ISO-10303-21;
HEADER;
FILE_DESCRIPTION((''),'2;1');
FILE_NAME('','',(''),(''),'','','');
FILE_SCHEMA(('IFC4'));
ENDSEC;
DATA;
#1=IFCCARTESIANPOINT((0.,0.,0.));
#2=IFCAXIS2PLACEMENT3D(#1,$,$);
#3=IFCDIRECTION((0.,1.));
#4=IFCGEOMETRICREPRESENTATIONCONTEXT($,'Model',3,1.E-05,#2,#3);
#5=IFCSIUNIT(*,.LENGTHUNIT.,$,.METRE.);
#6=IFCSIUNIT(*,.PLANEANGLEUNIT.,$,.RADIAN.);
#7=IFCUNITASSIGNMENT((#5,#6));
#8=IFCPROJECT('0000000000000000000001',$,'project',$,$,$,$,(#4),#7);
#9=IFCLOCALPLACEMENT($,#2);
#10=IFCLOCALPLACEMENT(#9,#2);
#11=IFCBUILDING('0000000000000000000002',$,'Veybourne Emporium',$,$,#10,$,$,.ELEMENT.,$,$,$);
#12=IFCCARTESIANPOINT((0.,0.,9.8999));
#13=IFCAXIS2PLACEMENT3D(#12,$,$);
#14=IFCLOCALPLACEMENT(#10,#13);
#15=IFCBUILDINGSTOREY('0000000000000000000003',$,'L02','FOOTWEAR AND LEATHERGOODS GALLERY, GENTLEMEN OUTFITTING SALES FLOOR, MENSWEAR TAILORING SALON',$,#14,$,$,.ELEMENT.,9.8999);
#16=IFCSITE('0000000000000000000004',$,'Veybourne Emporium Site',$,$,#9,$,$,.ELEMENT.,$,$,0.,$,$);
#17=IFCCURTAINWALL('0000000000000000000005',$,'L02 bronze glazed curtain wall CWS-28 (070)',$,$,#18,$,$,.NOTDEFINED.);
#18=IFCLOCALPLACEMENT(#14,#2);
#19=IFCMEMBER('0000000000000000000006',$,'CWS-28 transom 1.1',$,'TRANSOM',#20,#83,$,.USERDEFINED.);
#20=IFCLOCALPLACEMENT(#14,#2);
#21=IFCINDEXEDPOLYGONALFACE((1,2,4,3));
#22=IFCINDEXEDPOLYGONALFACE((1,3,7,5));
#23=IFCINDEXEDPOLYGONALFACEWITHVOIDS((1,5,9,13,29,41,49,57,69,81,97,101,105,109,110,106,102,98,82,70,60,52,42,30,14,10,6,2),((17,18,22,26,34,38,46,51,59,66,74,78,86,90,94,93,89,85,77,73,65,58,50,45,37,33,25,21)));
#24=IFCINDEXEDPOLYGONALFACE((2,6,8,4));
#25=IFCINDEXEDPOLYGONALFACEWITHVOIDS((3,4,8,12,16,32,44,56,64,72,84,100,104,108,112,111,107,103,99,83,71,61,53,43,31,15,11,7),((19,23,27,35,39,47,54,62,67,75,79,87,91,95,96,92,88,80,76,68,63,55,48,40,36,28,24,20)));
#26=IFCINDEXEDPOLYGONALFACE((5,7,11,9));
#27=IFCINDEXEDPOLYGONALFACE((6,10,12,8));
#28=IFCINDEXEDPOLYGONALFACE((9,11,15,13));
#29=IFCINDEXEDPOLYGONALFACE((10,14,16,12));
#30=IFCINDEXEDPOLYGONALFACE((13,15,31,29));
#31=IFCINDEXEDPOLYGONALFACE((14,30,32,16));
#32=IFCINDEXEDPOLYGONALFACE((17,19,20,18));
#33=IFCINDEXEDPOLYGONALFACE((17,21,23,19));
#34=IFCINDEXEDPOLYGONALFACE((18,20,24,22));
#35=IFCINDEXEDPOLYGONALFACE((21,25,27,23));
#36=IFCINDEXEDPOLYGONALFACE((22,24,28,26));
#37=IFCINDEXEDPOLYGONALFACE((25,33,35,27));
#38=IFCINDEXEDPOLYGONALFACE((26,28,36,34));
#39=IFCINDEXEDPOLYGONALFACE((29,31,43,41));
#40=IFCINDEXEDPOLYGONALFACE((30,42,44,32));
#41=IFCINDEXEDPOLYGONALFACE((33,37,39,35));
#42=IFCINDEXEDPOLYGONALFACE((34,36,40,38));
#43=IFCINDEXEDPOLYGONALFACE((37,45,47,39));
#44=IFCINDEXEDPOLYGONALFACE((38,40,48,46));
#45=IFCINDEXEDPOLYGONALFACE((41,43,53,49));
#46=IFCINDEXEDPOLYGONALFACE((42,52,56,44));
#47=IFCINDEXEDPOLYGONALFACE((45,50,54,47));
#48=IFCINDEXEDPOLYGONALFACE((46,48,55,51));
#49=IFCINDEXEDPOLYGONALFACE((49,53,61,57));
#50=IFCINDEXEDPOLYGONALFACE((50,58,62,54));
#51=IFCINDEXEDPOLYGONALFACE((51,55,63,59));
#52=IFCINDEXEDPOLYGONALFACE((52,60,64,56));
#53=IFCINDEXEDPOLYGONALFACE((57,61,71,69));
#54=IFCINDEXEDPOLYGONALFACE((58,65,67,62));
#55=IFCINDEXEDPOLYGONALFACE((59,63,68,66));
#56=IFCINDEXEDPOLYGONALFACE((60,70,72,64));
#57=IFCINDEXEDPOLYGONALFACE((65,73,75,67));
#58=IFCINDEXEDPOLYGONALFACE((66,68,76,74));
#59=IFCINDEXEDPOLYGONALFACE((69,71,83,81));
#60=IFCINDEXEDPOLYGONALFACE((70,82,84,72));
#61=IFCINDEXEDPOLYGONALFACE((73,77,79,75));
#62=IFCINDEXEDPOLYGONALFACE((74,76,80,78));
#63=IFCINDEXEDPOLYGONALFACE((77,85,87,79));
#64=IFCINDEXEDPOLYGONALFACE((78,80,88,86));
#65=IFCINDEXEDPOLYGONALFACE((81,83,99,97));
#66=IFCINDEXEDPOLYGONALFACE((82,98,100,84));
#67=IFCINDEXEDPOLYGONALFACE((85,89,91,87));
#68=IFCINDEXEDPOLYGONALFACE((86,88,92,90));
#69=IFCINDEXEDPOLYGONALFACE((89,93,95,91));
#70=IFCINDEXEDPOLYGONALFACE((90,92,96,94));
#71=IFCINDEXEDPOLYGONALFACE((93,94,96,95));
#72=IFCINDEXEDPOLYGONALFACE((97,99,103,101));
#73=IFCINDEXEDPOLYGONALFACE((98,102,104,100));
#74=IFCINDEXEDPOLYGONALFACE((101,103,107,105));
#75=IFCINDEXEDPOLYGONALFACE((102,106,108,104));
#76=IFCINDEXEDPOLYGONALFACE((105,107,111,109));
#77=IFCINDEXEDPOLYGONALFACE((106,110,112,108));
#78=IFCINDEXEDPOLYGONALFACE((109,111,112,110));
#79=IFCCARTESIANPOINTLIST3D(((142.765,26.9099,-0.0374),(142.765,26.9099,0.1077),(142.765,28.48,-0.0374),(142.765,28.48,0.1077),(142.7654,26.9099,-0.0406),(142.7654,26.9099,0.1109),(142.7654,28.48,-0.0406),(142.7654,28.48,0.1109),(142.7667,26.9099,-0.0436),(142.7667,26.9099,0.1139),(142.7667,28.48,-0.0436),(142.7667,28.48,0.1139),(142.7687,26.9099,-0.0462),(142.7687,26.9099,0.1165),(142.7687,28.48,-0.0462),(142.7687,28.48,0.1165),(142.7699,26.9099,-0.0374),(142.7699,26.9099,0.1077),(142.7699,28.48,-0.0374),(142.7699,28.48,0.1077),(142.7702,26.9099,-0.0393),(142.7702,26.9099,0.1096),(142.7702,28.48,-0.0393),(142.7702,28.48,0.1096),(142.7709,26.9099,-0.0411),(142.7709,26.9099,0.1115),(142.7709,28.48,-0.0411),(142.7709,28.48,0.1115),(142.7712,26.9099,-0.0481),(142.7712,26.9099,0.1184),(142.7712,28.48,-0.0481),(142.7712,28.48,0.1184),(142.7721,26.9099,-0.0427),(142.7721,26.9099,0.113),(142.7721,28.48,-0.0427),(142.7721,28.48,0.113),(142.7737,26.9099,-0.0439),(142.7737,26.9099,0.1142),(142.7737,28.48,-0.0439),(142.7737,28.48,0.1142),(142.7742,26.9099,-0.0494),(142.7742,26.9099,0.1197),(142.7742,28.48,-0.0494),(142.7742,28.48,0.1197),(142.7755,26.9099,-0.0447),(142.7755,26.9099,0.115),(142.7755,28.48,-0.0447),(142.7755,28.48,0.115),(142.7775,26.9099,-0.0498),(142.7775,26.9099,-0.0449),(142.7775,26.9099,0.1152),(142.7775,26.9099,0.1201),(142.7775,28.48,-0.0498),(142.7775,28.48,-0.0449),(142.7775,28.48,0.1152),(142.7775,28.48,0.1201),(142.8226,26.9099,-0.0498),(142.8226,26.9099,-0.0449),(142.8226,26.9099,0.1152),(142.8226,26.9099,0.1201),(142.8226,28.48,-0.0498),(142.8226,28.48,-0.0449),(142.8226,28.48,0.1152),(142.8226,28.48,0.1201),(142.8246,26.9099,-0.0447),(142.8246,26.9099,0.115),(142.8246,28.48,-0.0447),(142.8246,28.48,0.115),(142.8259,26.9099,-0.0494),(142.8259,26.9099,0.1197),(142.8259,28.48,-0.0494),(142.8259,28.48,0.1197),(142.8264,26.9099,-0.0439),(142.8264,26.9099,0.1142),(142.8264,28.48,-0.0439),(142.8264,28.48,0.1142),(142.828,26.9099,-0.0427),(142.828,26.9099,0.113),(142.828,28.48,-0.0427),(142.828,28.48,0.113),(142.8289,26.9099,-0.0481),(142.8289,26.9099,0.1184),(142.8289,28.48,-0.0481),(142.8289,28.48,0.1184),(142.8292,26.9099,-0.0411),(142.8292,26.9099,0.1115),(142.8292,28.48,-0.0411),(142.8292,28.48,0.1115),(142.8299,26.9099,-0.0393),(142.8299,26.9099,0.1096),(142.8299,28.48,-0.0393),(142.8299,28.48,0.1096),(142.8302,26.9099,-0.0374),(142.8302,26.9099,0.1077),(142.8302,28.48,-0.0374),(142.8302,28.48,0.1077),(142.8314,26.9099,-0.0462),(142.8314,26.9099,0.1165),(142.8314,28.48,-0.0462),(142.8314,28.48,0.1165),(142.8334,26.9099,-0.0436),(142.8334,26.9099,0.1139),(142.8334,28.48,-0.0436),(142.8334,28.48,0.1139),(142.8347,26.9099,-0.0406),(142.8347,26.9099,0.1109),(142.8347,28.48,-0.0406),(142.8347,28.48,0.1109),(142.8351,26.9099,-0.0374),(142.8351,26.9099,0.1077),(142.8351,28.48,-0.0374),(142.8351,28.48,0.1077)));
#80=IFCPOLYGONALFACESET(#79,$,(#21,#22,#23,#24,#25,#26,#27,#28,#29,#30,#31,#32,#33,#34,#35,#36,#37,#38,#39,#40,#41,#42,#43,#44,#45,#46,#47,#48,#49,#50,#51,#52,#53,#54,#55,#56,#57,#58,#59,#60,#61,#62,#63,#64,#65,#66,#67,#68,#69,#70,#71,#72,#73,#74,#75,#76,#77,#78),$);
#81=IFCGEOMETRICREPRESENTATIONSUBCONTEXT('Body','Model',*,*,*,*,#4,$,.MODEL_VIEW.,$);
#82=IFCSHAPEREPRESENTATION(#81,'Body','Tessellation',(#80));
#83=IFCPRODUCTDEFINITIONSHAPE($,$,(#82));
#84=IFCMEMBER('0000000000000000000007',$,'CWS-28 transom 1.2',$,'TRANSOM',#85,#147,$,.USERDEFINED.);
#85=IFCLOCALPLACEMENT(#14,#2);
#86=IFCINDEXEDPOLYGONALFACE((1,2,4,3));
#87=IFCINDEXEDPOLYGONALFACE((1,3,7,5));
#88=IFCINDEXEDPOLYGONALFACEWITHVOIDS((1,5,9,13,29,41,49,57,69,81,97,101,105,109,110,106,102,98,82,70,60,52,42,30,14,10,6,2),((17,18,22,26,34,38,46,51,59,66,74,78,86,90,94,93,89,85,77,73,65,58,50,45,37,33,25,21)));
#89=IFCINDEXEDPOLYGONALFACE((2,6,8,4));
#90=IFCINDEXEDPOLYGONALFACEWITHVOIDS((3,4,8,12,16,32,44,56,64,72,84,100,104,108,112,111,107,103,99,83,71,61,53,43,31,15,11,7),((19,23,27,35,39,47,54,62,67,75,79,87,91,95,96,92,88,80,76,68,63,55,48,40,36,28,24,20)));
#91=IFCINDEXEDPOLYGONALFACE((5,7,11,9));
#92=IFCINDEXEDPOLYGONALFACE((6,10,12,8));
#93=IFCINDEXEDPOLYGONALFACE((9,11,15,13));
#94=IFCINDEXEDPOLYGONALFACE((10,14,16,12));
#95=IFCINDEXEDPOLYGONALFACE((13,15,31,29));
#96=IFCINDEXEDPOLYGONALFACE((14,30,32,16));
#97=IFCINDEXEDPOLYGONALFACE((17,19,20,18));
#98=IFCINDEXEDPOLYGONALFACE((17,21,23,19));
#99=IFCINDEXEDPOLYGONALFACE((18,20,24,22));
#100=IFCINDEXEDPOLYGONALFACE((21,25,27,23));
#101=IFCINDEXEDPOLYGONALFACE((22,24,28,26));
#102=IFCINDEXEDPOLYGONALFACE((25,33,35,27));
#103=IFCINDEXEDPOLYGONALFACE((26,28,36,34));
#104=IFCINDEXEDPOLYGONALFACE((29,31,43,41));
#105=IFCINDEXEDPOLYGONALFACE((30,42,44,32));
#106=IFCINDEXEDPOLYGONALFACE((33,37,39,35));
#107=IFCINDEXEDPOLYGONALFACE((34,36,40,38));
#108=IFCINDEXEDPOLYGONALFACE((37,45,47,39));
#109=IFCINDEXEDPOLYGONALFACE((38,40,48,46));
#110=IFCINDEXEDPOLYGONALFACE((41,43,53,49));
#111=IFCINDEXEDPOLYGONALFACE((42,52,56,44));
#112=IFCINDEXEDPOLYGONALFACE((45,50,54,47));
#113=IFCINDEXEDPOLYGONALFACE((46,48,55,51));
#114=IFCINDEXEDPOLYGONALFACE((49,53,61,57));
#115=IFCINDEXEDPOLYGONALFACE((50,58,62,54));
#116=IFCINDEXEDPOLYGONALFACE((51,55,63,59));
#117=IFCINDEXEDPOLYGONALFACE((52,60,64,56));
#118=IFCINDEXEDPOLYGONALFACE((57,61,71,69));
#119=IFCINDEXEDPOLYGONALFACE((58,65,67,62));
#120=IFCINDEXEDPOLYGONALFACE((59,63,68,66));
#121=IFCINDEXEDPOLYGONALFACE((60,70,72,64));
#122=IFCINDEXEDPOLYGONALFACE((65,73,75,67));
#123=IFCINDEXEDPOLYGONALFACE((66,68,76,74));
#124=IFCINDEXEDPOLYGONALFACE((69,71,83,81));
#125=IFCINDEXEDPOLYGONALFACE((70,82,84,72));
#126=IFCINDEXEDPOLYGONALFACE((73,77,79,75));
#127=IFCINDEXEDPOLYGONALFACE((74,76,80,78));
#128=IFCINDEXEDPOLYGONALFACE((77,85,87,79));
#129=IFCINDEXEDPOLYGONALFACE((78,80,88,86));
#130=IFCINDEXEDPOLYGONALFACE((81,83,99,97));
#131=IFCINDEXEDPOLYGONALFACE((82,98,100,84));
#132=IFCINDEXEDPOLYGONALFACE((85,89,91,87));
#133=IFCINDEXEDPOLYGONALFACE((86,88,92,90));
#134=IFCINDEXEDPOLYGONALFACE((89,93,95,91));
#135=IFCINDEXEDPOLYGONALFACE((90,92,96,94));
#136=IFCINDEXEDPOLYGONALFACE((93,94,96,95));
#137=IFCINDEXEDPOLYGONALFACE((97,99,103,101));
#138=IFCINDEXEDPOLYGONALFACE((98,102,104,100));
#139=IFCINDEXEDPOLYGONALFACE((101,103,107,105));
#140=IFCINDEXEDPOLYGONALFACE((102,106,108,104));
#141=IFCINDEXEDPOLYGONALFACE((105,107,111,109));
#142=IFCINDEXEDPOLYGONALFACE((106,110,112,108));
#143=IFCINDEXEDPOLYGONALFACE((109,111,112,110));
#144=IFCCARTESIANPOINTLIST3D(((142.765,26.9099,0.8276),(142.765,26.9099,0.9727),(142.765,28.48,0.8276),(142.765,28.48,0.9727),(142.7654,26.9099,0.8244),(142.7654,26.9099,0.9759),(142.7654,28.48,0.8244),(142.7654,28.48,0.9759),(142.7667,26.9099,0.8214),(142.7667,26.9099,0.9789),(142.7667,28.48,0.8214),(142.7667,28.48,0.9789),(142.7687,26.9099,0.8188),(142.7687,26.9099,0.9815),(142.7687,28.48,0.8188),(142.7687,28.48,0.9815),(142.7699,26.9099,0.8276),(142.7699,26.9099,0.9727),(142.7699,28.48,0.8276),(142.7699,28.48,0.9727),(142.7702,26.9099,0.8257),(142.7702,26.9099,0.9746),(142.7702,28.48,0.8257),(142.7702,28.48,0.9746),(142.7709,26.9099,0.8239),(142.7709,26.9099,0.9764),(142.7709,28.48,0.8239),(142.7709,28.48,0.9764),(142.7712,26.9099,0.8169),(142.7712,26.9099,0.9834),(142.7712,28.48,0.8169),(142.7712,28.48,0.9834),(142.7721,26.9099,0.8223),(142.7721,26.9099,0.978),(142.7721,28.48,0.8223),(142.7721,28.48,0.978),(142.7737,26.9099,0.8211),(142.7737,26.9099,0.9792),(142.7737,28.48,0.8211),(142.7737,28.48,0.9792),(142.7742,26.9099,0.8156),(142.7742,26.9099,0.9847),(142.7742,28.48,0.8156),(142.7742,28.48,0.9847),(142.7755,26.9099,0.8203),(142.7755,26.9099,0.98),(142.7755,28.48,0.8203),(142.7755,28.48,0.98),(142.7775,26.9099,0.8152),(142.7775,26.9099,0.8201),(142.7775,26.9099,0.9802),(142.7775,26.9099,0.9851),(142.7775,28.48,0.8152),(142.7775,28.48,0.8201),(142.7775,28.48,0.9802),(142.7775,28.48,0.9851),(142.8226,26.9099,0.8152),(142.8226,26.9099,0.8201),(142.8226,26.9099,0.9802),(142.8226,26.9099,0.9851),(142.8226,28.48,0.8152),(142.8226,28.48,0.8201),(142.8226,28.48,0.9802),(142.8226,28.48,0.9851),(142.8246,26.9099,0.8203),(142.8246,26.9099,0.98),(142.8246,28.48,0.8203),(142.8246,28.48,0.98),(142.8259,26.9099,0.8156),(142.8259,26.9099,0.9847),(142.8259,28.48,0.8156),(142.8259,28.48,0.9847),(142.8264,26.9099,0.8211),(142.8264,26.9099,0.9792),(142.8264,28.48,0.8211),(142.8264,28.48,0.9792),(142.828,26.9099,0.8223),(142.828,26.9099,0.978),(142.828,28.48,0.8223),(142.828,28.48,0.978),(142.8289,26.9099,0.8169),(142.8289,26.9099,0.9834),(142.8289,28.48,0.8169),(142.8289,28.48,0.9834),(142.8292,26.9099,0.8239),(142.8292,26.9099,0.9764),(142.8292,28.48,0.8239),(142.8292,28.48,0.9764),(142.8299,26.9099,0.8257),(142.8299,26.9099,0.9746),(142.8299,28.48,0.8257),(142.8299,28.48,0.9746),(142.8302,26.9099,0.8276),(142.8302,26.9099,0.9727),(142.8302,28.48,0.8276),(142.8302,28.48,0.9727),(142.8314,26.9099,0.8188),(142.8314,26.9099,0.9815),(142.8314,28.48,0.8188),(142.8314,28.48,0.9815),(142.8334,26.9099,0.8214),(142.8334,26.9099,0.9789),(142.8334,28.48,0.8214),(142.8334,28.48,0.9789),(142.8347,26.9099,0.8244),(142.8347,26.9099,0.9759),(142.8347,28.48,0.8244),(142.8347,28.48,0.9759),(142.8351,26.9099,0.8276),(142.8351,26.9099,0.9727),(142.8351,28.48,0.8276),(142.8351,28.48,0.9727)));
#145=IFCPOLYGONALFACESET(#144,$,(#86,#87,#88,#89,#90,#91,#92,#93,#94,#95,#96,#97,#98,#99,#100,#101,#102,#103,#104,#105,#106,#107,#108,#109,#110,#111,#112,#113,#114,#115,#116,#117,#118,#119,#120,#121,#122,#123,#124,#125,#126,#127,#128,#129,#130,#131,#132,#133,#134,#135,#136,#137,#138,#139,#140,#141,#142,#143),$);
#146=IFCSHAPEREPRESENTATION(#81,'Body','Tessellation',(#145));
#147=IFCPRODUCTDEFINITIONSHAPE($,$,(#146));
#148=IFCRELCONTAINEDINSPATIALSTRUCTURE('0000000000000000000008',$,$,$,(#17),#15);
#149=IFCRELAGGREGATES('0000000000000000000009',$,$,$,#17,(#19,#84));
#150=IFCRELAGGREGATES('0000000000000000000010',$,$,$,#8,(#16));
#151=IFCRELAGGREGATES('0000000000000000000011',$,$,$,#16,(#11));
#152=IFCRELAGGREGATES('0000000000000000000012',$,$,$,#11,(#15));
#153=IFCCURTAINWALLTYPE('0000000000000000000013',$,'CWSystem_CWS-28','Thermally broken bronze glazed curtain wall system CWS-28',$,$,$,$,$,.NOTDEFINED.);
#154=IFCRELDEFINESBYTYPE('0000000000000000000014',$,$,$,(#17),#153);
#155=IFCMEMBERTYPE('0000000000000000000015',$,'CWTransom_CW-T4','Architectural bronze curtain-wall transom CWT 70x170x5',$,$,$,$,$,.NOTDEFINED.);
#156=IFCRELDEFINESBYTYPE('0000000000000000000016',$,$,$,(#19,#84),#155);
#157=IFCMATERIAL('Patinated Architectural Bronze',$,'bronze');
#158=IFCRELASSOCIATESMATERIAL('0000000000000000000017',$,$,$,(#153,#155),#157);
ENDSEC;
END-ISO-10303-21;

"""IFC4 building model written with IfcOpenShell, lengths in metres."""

from ifc_helpers import new_model, si_unit, direction, frame, origin, origin_2d, place, context, subcontext, project, spatial, hollow_rectangle, extrude, material, material_profile, profile_set, type_object, element, aggregate, save


model = new_model("IFC4")

# Units and contexts
model_context = context("Model", 3, precision=1e-05, world=origin(), true_north=direction((0.0, 1.0)))
body_context = subcontext(model_context, "Body", "Model", "MODEL_VIEW")
ifc_project = project(units=[si_unit("LENGTHUNIT", "METRE"), si_unit("PLANEANGLEUNIT", "RADIAN")], contexts=[model_context])

# Site, building, storey
site_placement = place(None, origin())
site = spatial("IfcSite", under=ifc_project, at=site_placement, Name="Veybourne Emporium Site", CompositionType="ELEMENT", RefElevation=0.0)
building_placement = place(site_placement, origin())
building = spatial("IfcBuilding", under=site, at=building_placement, Name="Veybourne Emporium", CompositionType="ELEMENT")
storey_placement = place(building_placement, frame((0.0, 0.0, 9.8999)))
storey = spatial("IfcBuildingStorey", under=building, at=storey_placement, Name="L02", Description="FOOTWEAR AND LEATHERGOODS GALLERY, GENTLEMEN OUTFITTING SALES FLOOR, MENSWEAR TAILORING SALON", CompositionType="ELEMENT", Elevation=9.8999)

# Curtain wall, members
ifc_material_1 = material(Name="Patinated Architectural Bronze", Category="bronze")
curtain_wall_type = type_object("IfcCurtainWallType", Name="CWSystem_CWS-28", Description="Thermally broken bronze glazed curtain wall system CWS-28", PredefinedType="NOTDEFINED", material=ifc_material_1)
curtain_wall_placement = place(storey_placement, origin())
curtain_wall = element("IfcCurtainWall", 1, at=curtain_wall_placement, inside=storey, type_object=curtain_wall_type, Name="L02 bronze glazed curtain wall CWS-28 (070)", PredefinedType="NOTDEFINED")
ifc_material_profile_1 = material_profile(ifc_material_1, hollow_rectangle(XDim=0.0701, YDim=0.1699, WallThickness=0.0049, InnerFilletRadius=0.0076, OuterFilletRadius=0.0125, at=origin_2d()), Name="CWT 70x170x5")
ifc_profile_set_1 = profile_set([ifc_material_profile_1], Name="Patinated Architectural Bronze")
member_type_1 = type_object("IfcMemberType", Name="CWTransom_CW-T4", Description="Architectural bronze curtain-wall transom CWT 70x170x5", PredefinedType="NOTDEFINED", material=ifc_profile_set_1)
member_1_placement = place(storey_placement, frame((142.8, 28.48, 0.0352), z_axis=(0.0, -1.0, 0.0), x_axis=(1.0, 0.0, 0.0)))
member_1 = element("IfcMember", 2, at=member_1_placement, type_object=member_type_1, Name="CWS-28 transom 1.1", ObjectType="TRANSOM", PredefinedType="USERDEFINED", context=body_context, shape_type="SweptSolid", body=[
    extrude(hollow_rectangle(XDim=0.0701, YDim=0.1699, WallThickness=0.0049, InnerFilletRadius=0.0076, OuterFilletRadius=0.0125, at=origin_2d()), origin(), (0.0, 0.0, 1.0), 1.5701),
])
member_2_placement = place(storey_placement, frame((142.8, 28.48, 0.9001), z_axis=(0.0, -1.0, 0.0), x_axis=(1.0, 0.0, 0.0)))
member_2 = element("IfcMember", 3, at=member_2_placement, type_object=member_type_1, Name="CWS-28 transom 1.2", ObjectType="TRANSOM", PredefinedType="USERDEFINED", context=body_context, shape_type="SweptSolid", body=[
    extrude(hollow_rectangle(XDim=0.0701, YDim=0.1699, WallThickness=0.0049, InnerFilletRadius=0.0076, OuterFilletRadius=0.0125, at=origin_2d()), origin(), (0.0, 0.0, 1.0), 1.5701),
])
aggregate(curtain_wall, [member_1, member_2])

save(model, "model.ifc")
